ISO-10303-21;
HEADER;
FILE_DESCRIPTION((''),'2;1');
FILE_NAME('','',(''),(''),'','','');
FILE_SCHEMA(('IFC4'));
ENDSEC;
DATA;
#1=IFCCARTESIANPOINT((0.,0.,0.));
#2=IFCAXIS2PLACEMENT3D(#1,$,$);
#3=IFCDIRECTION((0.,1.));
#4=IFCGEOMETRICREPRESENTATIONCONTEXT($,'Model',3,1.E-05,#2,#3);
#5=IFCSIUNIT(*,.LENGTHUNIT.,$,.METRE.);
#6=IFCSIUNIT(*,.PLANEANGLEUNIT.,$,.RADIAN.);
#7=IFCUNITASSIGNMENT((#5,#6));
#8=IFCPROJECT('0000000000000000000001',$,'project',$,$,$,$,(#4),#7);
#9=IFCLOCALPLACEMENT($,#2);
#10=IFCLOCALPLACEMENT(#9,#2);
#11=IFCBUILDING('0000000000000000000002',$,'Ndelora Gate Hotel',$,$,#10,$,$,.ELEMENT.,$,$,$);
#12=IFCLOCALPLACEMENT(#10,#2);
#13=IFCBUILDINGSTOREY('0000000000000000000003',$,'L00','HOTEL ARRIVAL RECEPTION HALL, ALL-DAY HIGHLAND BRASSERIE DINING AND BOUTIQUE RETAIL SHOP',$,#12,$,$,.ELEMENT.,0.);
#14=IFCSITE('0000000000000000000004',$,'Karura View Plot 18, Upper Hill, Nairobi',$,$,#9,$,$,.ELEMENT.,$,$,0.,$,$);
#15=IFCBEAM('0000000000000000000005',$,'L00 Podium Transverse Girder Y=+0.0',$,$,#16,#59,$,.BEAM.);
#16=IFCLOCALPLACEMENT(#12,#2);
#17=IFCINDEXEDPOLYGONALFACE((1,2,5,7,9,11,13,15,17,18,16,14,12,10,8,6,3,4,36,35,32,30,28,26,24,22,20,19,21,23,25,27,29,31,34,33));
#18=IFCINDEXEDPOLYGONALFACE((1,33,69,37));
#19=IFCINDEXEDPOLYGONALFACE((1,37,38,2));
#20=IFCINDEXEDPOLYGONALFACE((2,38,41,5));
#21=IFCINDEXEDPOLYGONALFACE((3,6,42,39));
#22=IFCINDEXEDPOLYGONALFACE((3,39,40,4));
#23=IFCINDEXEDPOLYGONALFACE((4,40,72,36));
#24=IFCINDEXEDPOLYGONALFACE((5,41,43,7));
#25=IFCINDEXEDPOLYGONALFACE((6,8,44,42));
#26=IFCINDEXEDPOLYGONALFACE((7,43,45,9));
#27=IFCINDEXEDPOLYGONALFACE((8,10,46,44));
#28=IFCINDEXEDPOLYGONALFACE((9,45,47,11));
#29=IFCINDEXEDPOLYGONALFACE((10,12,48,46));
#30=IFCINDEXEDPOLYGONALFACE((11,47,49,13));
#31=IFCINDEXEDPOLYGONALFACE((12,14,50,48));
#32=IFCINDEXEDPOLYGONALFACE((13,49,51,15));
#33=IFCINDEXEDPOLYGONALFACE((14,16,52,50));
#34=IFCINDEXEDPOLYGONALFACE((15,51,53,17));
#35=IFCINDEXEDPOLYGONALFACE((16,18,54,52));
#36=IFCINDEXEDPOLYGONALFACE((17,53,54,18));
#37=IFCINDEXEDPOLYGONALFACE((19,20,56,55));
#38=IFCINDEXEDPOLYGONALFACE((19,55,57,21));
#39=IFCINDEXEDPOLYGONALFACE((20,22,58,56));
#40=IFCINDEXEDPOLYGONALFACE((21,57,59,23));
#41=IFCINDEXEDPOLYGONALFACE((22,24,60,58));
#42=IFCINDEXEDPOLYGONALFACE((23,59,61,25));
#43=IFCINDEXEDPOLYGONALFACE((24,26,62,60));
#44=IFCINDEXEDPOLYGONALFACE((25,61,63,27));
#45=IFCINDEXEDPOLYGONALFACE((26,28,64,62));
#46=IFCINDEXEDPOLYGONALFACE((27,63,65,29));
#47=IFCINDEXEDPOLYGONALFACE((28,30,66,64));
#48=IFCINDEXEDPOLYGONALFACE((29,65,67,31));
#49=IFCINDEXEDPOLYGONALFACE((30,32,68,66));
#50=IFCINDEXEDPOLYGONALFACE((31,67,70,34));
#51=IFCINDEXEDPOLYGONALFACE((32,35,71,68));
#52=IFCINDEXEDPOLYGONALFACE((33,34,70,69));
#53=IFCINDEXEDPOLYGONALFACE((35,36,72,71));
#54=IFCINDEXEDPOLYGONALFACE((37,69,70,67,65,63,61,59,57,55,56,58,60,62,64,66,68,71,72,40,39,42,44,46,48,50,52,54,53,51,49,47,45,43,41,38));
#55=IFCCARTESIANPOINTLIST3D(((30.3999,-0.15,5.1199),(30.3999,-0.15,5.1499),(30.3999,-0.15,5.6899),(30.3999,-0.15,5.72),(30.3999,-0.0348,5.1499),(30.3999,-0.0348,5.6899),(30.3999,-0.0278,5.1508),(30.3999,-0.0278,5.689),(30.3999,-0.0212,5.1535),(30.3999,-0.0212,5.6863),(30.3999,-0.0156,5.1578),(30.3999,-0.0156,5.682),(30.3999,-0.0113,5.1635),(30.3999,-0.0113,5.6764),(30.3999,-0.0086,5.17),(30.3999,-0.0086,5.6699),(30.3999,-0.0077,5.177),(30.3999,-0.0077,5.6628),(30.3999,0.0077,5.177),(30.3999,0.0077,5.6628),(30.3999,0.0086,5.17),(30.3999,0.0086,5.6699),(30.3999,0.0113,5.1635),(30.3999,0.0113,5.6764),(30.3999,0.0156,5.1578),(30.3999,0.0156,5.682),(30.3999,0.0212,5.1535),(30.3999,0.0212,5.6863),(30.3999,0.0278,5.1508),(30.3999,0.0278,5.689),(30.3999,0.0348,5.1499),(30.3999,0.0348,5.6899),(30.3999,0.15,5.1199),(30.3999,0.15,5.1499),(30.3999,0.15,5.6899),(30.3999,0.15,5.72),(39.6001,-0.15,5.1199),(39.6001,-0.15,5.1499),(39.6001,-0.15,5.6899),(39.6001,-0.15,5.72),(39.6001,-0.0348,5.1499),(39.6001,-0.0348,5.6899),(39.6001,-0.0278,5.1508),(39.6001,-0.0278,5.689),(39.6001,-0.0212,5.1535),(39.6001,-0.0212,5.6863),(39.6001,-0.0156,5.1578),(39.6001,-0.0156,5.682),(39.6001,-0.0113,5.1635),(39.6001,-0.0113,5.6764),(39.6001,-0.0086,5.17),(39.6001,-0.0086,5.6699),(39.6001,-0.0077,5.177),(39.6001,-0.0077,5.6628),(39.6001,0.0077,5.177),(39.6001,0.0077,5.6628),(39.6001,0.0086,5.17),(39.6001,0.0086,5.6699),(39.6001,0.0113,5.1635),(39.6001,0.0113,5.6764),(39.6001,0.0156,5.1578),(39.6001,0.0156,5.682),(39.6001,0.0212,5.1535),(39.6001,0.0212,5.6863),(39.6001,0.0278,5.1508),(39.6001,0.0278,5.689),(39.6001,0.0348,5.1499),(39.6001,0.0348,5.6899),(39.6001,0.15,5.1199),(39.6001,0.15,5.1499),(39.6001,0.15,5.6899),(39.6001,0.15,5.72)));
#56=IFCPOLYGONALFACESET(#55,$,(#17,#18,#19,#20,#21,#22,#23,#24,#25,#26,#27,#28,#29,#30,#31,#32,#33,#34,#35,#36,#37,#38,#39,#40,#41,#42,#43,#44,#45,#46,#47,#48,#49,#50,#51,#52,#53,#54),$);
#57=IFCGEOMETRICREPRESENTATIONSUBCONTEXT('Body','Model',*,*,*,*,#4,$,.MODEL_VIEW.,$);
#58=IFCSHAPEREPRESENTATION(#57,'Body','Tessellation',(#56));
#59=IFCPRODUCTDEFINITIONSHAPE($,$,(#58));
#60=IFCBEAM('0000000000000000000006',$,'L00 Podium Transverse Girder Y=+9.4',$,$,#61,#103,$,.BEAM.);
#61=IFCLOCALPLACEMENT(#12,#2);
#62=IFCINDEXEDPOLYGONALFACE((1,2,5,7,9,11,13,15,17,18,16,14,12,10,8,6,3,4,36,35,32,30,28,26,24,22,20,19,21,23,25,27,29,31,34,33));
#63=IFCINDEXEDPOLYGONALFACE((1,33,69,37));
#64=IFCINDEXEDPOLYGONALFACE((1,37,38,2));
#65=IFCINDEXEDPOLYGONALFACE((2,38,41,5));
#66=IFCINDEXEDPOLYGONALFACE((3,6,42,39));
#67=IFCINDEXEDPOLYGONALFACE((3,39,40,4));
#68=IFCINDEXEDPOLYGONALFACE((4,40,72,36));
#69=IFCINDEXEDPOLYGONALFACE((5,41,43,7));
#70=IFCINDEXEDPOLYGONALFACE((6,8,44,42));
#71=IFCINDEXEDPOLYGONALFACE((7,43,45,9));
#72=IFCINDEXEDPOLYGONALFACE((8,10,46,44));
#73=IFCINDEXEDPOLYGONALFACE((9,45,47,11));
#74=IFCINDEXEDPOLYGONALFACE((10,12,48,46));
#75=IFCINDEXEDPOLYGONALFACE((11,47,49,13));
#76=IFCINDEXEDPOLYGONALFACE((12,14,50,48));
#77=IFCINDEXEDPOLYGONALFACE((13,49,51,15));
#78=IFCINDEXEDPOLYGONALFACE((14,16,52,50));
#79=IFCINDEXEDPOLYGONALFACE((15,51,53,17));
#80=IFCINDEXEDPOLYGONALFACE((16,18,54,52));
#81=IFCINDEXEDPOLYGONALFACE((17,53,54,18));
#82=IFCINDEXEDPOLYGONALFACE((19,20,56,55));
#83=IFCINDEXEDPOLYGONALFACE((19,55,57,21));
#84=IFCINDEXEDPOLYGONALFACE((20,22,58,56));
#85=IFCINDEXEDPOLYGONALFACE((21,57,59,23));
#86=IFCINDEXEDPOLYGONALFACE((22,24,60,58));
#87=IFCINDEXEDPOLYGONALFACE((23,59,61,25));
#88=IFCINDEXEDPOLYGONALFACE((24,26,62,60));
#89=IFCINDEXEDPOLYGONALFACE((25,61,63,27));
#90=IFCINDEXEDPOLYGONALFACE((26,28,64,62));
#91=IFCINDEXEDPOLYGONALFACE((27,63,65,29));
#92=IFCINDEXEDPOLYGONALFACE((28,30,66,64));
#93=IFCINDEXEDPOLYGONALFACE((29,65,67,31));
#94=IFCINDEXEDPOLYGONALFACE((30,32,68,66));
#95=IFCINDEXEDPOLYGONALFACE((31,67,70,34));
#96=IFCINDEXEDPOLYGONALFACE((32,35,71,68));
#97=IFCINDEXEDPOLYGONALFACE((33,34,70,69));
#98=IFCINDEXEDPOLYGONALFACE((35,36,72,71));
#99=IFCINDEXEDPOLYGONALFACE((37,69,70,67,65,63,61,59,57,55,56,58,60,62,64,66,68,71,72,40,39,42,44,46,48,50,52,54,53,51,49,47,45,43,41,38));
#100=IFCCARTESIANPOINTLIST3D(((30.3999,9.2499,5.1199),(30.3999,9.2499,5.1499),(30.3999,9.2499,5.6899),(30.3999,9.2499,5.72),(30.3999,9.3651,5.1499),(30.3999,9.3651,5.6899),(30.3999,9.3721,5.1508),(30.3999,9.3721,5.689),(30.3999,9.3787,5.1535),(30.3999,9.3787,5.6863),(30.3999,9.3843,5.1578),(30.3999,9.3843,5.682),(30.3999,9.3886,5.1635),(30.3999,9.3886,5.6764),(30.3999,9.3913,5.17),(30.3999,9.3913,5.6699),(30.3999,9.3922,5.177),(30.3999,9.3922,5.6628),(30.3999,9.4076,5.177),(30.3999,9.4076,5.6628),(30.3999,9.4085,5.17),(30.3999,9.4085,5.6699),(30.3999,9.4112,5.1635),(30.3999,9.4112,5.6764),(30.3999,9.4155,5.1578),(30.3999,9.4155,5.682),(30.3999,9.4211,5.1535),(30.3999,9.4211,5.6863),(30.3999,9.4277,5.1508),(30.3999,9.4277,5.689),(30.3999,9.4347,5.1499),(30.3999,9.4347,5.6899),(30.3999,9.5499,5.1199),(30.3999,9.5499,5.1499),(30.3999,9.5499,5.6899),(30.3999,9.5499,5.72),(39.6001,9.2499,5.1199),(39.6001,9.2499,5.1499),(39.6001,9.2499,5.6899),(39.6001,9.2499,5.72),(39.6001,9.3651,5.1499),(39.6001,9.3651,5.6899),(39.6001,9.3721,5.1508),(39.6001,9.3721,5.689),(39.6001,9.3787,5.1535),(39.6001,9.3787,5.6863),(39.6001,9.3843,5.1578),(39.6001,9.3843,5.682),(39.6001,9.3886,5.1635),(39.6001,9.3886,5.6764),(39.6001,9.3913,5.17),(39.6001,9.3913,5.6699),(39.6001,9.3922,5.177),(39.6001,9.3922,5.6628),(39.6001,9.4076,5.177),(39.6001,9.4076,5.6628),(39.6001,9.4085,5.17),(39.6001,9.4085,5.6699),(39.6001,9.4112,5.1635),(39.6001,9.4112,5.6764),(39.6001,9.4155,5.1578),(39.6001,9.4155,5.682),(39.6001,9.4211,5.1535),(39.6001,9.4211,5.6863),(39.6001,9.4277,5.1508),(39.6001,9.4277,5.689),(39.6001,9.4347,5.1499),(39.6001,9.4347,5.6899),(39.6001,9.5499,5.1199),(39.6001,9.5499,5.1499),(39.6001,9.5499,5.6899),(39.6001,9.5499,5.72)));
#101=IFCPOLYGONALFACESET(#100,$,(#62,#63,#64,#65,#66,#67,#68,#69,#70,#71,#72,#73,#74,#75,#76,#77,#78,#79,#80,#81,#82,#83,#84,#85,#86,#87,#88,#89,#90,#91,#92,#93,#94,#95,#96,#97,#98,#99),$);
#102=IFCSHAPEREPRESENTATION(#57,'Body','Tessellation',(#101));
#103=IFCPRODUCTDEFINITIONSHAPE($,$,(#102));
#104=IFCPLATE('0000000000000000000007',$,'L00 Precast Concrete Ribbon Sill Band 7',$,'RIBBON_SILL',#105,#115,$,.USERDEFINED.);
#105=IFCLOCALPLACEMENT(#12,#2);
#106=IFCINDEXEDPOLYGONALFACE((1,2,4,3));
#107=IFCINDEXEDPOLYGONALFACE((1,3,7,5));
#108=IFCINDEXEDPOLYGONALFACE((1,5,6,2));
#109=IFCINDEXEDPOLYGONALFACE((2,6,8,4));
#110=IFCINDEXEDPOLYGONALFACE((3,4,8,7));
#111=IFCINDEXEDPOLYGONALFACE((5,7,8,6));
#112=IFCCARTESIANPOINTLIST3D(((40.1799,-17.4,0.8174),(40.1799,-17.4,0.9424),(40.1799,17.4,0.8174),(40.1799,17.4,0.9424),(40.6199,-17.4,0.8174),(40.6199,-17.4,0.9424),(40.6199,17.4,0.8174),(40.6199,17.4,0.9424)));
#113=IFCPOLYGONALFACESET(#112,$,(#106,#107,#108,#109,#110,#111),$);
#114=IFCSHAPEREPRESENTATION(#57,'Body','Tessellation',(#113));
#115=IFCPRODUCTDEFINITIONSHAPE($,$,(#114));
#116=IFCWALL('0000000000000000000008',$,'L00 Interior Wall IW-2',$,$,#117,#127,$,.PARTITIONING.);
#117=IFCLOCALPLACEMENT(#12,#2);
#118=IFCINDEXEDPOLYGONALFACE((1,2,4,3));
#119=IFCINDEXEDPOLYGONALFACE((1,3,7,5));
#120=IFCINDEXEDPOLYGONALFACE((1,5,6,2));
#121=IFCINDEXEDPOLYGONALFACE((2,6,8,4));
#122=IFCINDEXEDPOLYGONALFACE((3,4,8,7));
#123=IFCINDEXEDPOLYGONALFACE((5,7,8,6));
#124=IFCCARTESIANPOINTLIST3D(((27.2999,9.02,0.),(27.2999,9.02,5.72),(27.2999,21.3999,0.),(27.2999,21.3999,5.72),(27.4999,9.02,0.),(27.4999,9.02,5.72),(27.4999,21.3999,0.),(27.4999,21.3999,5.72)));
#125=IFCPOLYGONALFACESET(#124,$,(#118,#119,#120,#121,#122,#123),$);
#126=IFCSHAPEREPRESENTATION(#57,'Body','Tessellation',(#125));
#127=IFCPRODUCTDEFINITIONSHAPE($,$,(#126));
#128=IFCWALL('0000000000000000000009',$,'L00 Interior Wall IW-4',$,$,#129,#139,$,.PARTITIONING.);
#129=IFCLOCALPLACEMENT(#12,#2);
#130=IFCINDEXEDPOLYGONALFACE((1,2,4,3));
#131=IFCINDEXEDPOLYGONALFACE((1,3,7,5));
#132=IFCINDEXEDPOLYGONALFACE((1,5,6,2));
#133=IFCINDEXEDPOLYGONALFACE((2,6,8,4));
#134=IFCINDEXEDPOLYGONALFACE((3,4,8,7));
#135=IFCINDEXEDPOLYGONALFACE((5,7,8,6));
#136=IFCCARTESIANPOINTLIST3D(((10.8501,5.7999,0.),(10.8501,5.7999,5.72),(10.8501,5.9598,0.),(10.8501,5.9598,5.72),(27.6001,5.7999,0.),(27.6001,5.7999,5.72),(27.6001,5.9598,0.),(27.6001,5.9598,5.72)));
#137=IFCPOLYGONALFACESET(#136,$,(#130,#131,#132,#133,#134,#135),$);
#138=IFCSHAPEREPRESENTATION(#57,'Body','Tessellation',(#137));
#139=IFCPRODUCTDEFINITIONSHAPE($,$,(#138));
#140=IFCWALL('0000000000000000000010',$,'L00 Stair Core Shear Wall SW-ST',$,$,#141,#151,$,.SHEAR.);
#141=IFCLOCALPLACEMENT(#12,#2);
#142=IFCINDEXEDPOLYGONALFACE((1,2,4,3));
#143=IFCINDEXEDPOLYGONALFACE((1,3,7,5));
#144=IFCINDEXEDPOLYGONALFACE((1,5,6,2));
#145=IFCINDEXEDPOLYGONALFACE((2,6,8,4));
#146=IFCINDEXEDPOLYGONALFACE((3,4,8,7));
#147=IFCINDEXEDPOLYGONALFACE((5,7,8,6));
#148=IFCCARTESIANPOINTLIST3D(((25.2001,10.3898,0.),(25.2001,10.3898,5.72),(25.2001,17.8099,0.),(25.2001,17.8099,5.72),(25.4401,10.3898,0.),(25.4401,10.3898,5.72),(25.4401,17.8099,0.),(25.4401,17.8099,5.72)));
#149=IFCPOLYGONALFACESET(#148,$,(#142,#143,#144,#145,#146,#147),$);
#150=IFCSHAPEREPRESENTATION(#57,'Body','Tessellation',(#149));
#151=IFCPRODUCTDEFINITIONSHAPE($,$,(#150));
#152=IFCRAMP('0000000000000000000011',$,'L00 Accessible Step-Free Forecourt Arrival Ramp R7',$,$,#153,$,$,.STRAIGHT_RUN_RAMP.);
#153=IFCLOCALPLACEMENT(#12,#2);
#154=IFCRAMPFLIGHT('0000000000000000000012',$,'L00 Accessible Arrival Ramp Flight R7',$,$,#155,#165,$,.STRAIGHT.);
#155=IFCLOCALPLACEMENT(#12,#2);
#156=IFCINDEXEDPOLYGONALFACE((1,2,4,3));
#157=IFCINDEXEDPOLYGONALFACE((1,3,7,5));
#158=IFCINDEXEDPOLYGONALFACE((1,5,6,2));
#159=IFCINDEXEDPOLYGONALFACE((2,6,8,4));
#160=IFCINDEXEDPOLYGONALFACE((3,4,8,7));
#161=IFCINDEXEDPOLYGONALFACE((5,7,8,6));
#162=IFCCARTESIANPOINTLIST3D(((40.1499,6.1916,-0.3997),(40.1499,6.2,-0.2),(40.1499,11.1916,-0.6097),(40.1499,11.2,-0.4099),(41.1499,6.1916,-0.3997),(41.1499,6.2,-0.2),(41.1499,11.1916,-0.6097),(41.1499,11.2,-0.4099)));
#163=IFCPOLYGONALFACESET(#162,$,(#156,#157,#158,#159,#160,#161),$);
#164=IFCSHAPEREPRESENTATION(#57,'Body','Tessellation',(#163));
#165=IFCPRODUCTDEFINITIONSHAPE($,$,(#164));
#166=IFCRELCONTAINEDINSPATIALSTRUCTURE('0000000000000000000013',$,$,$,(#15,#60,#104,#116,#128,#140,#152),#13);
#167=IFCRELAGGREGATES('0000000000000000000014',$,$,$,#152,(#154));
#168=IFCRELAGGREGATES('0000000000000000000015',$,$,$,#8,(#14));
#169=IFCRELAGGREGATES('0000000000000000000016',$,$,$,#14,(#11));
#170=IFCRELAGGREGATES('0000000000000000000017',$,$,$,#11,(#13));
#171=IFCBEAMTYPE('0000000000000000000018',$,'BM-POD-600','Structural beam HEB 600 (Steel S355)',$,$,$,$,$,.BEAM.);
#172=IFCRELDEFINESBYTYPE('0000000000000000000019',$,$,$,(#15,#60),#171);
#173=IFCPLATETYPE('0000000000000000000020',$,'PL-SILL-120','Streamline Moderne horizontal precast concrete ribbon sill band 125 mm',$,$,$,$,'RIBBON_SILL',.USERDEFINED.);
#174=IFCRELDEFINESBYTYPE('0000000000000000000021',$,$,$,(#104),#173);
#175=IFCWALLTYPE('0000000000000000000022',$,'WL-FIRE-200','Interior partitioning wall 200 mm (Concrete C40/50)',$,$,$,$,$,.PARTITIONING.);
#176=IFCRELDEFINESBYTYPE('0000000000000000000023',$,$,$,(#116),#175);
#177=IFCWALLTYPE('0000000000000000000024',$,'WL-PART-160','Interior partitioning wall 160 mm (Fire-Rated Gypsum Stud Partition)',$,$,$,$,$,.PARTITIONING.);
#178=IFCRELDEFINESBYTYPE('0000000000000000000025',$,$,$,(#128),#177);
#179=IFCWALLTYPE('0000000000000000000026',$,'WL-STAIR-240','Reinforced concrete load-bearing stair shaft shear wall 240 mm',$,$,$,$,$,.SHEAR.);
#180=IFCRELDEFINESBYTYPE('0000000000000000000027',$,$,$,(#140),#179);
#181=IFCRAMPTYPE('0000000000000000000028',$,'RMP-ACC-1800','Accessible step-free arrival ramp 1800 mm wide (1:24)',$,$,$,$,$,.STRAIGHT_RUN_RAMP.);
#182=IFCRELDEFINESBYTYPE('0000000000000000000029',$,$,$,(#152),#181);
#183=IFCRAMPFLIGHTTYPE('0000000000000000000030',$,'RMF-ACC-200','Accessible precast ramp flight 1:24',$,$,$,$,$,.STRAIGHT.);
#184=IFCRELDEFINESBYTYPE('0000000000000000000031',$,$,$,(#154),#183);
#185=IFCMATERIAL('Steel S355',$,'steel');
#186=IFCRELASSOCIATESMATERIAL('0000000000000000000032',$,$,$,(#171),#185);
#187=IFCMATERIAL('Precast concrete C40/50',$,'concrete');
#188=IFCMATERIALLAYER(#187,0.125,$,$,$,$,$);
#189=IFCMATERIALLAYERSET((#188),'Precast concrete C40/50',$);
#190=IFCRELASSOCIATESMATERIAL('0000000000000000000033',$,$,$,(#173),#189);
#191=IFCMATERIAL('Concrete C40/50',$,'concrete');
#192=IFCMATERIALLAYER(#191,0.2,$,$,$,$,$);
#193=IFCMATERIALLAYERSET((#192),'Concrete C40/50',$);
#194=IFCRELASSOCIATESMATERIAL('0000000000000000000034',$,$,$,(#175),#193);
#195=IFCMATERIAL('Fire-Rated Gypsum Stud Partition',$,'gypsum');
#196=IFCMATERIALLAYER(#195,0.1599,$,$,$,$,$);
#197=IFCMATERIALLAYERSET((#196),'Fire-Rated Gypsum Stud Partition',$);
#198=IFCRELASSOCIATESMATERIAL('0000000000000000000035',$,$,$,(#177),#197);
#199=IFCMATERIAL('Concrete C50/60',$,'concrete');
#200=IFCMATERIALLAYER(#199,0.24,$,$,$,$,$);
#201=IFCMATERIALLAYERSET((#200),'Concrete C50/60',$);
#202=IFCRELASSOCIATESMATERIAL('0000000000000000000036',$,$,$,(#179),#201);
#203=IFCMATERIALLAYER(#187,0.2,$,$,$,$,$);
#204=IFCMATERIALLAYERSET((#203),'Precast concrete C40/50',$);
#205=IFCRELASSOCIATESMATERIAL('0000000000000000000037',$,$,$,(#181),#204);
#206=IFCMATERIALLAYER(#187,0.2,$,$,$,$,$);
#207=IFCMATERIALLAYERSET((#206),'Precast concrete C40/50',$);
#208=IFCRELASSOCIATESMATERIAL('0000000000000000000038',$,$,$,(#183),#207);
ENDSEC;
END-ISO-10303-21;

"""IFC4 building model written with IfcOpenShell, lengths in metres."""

from ifc_helpers import new_model, si_unit, direction, frame, frame_2d, origin, origin_2d, place, context, subcontext, project, spatial, polyline, rectangle, i_section, outline, extrude, material, layer, layer_set, material_profile, profile_set, type_object, element, aggregate, save


model = new_model("IFC4")

# Units and contexts
model_context = context("Model", 3, precision=1e-05, world=origin(), true_north=direction((0.0, 1.0)))
body_context = subcontext(model_context, "Body", "Model", "MODEL_VIEW")
ifc_project = project(units=[si_unit("LENGTHUNIT", "METRE"), si_unit("PLANEANGLEUNIT", "RADIAN")], contexts=[model_context])

# Site, building, storey
site_placement = place(None, origin())
site = spatial("IfcSite", under=ifc_project, at=site_placement, Name="Karura View Plot 18, Upper Hill, Nairobi", CompositionType="ELEMENT", RefElevation=0.0)
building_placement = place(site_placement, origin())
building = spatial("IfcBuilding", under=site, at=building_placement, Name="Ndelora Gate Hotel", CompositionType="ELEMENT")
storey_placement = place(building_placement, origin())
storey = spatial("IfcBuildingStorey", under=building, at=storey_placement, Name="L00", Description="HOTEL ARRIVAL RECEPTION HALL, ALL-DAY HIGHLAND BRASSERIE DINING AND BOUTIQUE RETAIL SHOP", CompositionType="ELEMENT", Elevation=0.0)

# Shared definitions
ifc_material_1 = material(Name="Concrete C40/50", Category="concrete")

# Shared definitions
ifc_material_2 = material(Name="Concrete C50/60", Category="concrete")

# Beams
ifc_material_3 = material(Name="Steel S355", Category="steel")
ifc_material_profile_1 = material_profile(ifc_material_3, i_section(OverallWidth=0.3, OverallDepth=0.6001, WebThickness=0.0154, FlangeThickness=0.03, FilletRadius=0.0271, at=origin_2d()), Name="HEB 600")
ifc_profile_set_1 = profile_set([ifc_material_profile_1], Name="Steel S355")
beam_type_1 = type_object("IfcBeamType", Name="BM-POD-600", Description="Structural beam HEB 600 (Steel S355)", PredefinedType="BEAM", material=ifc_profile_set_1)
for number, where, z_axis, x_axis, name in (
    (1, (30.3999, 0.0, 5.4199), (1.0, 0.0, 0.0), (0.0, 1.0, 0.0), "L00 Podium Transverse Girder Y=+0.0"),
    (2, (30.3999, 9.3999, 5.4199), (1.0, 0.0, 0.0), (0.0, 1.0, 0.0), "L00 Podium Transverse Girder Y=+9.4"),
):
    element("IfcBeam", number, at=place(storey_placement, frame(where, z_axis=z_axis, x_axis=x_axis)), inside=storey, type_object=beam_type_1, Name=name, PredefinedType="BEAM", context=body_context, shape_type="SweptSolid", body=[
        extrude(i_section(OverallWidth=0.3, OverallDepth=0.6001, WebThickness=0.0154, FlangeThickness=0.03, FilletRadius=0.0271, at=origin_2d()), origin(), (0.0, 0.0, 1.0), 9.2002),
    ])

# Plate
ifc_material_4 = material(Name="Precast concrete C40/50", Category="concrete")
ifc_layer_1 = layer(ifc_material_4, 0.125)
ifc_layer_set_1 = layer_set([ifc_layer_1], Name="Precast concrete C40/50")
plate_type = type_object("IfcPlateType", Name="PL-SILL-120", Description="Streamline Moderne horizontal precast concrete ribbon sill band 125 mm", ElementType="RIBBON_SILL", PredefinedType="USERDEFINED", material=ifc_layer_set_1)
plate_placement = place(storey_placement, frame((40.3999, 0.0, 0.8174), z_axis=(0.0, 0.0, 1.0), x_axis=(0.0, 1.0, 0.0)))
element("IfcPlate", 3, at=plate_placement, inside=storey, type_object=plate_type, Name="L00 Precast Concrete Ribbon Sill Band 7", ObjectType="RIBBON_SILL", PredefinedType="USERDEFINED", context=body_context, shape_type="SweptSolid", body=[
    extrude(rectangle(XDim=34.8, YDim=0.4399, at=origin_2d()), origin(), (0.0, 0.0, 1.0), 0.125),
])

# Walls
ifc_layer_2 = layer(ifc_material_1, 0.2)
ifc_layer_set_2 = layer_set([ifc_layer_2], Name="Concrete C40/50")
wall_type_1 = type_object("IfcWallType", Name="WL-FIRE-200", Description="Interior partitioning wall 200 mm (Concrete C40/50)", PredefinedType="PARTITIONING", material=ifc_layer_set_2)
wall_1_placement = place(storey_placement, frame((27.3999, 9.02, 0.0), z_axis=(0.0, 0.0, 1.0), x_axis=(0.0, 1.0, 0.0)))
element("IfcWall", 4, at=wall_1_placement, inside=storey, type_object=wall_type_1, Name="L00 Interior Wall IW-2", PredefinedType="PARTITIONING", context=body_context, shape_type="SweptSolid", body=[
    extrude(rectangle(XDim=12.3799, YDim=0.2, at=frame_2d((6.1899, 0.0))), origin(), (0.0, 0.0, 1.0), 5.72),
])
ifc_material_5 = material(Name="Fire-Rated Gypsum Stud Partition", Category="gypsum")
ifc_layer_3 = layer(ifc_material_5, 0.1599)
ifc_layer_set_3 = layer_set([ifc_layer_3], Name="Fire-Rated Gypsum Stud Partition")
wall_type_2 = type_object("IfcWallType", Name="WL-PART-160", Description="Interior partitioning wall 160 mm (Fire-Rated Gypsum Stud Partition)", PredefinedType="PARTITIONING", material=ifc_layer_set_3)
wall_2_placement = place(storey_placement, frame((27.6001, 5.8799, 0.0), z_axis=(0.0, 0.0, 1.0), x_axis=(-1.0, 0.0, 0.0)))
element("IfcWall", 5, at=wall_2_placement, inside=storey, type_object=wall_type_2, Name="L00 Interior Wall IW-4", PredefinedType="PARTITIONING", context=body_context, shape_type="SweptSolid", body=[
    extrude(rectangle(XDim=16.75, YDim=0.1599, at=frame_2d((8.375, 0.0))), origin(), (0.0, 0.0, 1.0), 5.72),
])
ifc_layer_4 = layer(ifc_material_2, 0.24)
ifc_layer_set_4 = layer_set([ifc_layer_4], Name="Concrete C50/60")
wall_type_3 = type_object("IfcWallType", Name="WL-STAIR-240", Description="Reinforced concrete load-bearing stair shaft shear wall 240 mm", PredefinedType="SHEAR", material=ifc_layer_set_4)
wall_3_placement = place(storey_placement, frame((25.3201, 10.3899, 0.0), z_axis=(0.0, 0.0, 1.0), x_axis=(0.0, 1.0, 0.0)))
element("IfcWall", 6, at=wall_3_placement, inside=storey, type_object=wall_type_3, Name="L00 Stair Core Shear Wall SW-ST", PredefinedType="SHEAR", context=body_context, shape_type="SweptSolid", body=[
    extrude(rectangle(XDim=7.4202, YDim=0.24, at=frame_2d((3.71, 0.0))), origin(), (0.0, 0.0, 1.0), 5.72),
])

# Ramp, ramp flight
ifc_layer_5 = layer(ifc_material_4, 0.2)
ifc_layer_set_5 = layer_set([ifc_layer_5], Name="Precast concrete C40/50")
ramp_type = type_object("IfcRampType", Name="RMP-ACC-1800", Description="Accessible step-free arrival ramp 1800 mm wide (1:24)", PredefinedType="STRAIGHT_RUN_RAMP", material=ifc_layer_set_5)
ramp_placement = place(storey_placement, origin())
ramp = element("IfcRamp", 7, at=ramp_placement, inside=storey, type_object=ramp_type, Name="L00 Accessible Step-Free Forecourt Arrival Ramp R7", PredefinedType="STRAIGHT_RUN_RAMP")
ifc_layer_6 = layer(ifc_material_4, 0.2)
ifc_layer_set_6 = layer_set([ifc_layer_6], Name="Precast concrete C40/50")
ramp_flight_type = type_object("IfcRampFlightType", Name="RMF-ACC-200", Description="Accessible precast ramp flight 1:24", PredefinedType="STRAIGHT", material=ifc_layer_set_6)
ramp_flight_placement = place(storey_placement, frame((40.1499, 11.2, -0.4099), z_axis=(0.0, 0.041955, 0.999119), x_axis=(0.0, -0.999119, 0.041955)))
ramp_flight = element("IfcRampFlight", 8, at=ramp_flight_placement, type_object=ramp_flight_type, Name="L00 Accessible Arrival Ramp Flight R7", PredefinedType="STRAIGHT", context=body_context, shape_type="SweptSolid", body=[
    extrude(outline(polyline([(0.0, 0.0), (5.0044, 0.0), (5.0044, 1.0), (0.0, 1.0), (0.0, 0.0)])), origin(), (0.0, 0.0, -1.0), 0.2),
])
aggregate(ramp, [ramp_flight])

save(model, "model.ifc")
